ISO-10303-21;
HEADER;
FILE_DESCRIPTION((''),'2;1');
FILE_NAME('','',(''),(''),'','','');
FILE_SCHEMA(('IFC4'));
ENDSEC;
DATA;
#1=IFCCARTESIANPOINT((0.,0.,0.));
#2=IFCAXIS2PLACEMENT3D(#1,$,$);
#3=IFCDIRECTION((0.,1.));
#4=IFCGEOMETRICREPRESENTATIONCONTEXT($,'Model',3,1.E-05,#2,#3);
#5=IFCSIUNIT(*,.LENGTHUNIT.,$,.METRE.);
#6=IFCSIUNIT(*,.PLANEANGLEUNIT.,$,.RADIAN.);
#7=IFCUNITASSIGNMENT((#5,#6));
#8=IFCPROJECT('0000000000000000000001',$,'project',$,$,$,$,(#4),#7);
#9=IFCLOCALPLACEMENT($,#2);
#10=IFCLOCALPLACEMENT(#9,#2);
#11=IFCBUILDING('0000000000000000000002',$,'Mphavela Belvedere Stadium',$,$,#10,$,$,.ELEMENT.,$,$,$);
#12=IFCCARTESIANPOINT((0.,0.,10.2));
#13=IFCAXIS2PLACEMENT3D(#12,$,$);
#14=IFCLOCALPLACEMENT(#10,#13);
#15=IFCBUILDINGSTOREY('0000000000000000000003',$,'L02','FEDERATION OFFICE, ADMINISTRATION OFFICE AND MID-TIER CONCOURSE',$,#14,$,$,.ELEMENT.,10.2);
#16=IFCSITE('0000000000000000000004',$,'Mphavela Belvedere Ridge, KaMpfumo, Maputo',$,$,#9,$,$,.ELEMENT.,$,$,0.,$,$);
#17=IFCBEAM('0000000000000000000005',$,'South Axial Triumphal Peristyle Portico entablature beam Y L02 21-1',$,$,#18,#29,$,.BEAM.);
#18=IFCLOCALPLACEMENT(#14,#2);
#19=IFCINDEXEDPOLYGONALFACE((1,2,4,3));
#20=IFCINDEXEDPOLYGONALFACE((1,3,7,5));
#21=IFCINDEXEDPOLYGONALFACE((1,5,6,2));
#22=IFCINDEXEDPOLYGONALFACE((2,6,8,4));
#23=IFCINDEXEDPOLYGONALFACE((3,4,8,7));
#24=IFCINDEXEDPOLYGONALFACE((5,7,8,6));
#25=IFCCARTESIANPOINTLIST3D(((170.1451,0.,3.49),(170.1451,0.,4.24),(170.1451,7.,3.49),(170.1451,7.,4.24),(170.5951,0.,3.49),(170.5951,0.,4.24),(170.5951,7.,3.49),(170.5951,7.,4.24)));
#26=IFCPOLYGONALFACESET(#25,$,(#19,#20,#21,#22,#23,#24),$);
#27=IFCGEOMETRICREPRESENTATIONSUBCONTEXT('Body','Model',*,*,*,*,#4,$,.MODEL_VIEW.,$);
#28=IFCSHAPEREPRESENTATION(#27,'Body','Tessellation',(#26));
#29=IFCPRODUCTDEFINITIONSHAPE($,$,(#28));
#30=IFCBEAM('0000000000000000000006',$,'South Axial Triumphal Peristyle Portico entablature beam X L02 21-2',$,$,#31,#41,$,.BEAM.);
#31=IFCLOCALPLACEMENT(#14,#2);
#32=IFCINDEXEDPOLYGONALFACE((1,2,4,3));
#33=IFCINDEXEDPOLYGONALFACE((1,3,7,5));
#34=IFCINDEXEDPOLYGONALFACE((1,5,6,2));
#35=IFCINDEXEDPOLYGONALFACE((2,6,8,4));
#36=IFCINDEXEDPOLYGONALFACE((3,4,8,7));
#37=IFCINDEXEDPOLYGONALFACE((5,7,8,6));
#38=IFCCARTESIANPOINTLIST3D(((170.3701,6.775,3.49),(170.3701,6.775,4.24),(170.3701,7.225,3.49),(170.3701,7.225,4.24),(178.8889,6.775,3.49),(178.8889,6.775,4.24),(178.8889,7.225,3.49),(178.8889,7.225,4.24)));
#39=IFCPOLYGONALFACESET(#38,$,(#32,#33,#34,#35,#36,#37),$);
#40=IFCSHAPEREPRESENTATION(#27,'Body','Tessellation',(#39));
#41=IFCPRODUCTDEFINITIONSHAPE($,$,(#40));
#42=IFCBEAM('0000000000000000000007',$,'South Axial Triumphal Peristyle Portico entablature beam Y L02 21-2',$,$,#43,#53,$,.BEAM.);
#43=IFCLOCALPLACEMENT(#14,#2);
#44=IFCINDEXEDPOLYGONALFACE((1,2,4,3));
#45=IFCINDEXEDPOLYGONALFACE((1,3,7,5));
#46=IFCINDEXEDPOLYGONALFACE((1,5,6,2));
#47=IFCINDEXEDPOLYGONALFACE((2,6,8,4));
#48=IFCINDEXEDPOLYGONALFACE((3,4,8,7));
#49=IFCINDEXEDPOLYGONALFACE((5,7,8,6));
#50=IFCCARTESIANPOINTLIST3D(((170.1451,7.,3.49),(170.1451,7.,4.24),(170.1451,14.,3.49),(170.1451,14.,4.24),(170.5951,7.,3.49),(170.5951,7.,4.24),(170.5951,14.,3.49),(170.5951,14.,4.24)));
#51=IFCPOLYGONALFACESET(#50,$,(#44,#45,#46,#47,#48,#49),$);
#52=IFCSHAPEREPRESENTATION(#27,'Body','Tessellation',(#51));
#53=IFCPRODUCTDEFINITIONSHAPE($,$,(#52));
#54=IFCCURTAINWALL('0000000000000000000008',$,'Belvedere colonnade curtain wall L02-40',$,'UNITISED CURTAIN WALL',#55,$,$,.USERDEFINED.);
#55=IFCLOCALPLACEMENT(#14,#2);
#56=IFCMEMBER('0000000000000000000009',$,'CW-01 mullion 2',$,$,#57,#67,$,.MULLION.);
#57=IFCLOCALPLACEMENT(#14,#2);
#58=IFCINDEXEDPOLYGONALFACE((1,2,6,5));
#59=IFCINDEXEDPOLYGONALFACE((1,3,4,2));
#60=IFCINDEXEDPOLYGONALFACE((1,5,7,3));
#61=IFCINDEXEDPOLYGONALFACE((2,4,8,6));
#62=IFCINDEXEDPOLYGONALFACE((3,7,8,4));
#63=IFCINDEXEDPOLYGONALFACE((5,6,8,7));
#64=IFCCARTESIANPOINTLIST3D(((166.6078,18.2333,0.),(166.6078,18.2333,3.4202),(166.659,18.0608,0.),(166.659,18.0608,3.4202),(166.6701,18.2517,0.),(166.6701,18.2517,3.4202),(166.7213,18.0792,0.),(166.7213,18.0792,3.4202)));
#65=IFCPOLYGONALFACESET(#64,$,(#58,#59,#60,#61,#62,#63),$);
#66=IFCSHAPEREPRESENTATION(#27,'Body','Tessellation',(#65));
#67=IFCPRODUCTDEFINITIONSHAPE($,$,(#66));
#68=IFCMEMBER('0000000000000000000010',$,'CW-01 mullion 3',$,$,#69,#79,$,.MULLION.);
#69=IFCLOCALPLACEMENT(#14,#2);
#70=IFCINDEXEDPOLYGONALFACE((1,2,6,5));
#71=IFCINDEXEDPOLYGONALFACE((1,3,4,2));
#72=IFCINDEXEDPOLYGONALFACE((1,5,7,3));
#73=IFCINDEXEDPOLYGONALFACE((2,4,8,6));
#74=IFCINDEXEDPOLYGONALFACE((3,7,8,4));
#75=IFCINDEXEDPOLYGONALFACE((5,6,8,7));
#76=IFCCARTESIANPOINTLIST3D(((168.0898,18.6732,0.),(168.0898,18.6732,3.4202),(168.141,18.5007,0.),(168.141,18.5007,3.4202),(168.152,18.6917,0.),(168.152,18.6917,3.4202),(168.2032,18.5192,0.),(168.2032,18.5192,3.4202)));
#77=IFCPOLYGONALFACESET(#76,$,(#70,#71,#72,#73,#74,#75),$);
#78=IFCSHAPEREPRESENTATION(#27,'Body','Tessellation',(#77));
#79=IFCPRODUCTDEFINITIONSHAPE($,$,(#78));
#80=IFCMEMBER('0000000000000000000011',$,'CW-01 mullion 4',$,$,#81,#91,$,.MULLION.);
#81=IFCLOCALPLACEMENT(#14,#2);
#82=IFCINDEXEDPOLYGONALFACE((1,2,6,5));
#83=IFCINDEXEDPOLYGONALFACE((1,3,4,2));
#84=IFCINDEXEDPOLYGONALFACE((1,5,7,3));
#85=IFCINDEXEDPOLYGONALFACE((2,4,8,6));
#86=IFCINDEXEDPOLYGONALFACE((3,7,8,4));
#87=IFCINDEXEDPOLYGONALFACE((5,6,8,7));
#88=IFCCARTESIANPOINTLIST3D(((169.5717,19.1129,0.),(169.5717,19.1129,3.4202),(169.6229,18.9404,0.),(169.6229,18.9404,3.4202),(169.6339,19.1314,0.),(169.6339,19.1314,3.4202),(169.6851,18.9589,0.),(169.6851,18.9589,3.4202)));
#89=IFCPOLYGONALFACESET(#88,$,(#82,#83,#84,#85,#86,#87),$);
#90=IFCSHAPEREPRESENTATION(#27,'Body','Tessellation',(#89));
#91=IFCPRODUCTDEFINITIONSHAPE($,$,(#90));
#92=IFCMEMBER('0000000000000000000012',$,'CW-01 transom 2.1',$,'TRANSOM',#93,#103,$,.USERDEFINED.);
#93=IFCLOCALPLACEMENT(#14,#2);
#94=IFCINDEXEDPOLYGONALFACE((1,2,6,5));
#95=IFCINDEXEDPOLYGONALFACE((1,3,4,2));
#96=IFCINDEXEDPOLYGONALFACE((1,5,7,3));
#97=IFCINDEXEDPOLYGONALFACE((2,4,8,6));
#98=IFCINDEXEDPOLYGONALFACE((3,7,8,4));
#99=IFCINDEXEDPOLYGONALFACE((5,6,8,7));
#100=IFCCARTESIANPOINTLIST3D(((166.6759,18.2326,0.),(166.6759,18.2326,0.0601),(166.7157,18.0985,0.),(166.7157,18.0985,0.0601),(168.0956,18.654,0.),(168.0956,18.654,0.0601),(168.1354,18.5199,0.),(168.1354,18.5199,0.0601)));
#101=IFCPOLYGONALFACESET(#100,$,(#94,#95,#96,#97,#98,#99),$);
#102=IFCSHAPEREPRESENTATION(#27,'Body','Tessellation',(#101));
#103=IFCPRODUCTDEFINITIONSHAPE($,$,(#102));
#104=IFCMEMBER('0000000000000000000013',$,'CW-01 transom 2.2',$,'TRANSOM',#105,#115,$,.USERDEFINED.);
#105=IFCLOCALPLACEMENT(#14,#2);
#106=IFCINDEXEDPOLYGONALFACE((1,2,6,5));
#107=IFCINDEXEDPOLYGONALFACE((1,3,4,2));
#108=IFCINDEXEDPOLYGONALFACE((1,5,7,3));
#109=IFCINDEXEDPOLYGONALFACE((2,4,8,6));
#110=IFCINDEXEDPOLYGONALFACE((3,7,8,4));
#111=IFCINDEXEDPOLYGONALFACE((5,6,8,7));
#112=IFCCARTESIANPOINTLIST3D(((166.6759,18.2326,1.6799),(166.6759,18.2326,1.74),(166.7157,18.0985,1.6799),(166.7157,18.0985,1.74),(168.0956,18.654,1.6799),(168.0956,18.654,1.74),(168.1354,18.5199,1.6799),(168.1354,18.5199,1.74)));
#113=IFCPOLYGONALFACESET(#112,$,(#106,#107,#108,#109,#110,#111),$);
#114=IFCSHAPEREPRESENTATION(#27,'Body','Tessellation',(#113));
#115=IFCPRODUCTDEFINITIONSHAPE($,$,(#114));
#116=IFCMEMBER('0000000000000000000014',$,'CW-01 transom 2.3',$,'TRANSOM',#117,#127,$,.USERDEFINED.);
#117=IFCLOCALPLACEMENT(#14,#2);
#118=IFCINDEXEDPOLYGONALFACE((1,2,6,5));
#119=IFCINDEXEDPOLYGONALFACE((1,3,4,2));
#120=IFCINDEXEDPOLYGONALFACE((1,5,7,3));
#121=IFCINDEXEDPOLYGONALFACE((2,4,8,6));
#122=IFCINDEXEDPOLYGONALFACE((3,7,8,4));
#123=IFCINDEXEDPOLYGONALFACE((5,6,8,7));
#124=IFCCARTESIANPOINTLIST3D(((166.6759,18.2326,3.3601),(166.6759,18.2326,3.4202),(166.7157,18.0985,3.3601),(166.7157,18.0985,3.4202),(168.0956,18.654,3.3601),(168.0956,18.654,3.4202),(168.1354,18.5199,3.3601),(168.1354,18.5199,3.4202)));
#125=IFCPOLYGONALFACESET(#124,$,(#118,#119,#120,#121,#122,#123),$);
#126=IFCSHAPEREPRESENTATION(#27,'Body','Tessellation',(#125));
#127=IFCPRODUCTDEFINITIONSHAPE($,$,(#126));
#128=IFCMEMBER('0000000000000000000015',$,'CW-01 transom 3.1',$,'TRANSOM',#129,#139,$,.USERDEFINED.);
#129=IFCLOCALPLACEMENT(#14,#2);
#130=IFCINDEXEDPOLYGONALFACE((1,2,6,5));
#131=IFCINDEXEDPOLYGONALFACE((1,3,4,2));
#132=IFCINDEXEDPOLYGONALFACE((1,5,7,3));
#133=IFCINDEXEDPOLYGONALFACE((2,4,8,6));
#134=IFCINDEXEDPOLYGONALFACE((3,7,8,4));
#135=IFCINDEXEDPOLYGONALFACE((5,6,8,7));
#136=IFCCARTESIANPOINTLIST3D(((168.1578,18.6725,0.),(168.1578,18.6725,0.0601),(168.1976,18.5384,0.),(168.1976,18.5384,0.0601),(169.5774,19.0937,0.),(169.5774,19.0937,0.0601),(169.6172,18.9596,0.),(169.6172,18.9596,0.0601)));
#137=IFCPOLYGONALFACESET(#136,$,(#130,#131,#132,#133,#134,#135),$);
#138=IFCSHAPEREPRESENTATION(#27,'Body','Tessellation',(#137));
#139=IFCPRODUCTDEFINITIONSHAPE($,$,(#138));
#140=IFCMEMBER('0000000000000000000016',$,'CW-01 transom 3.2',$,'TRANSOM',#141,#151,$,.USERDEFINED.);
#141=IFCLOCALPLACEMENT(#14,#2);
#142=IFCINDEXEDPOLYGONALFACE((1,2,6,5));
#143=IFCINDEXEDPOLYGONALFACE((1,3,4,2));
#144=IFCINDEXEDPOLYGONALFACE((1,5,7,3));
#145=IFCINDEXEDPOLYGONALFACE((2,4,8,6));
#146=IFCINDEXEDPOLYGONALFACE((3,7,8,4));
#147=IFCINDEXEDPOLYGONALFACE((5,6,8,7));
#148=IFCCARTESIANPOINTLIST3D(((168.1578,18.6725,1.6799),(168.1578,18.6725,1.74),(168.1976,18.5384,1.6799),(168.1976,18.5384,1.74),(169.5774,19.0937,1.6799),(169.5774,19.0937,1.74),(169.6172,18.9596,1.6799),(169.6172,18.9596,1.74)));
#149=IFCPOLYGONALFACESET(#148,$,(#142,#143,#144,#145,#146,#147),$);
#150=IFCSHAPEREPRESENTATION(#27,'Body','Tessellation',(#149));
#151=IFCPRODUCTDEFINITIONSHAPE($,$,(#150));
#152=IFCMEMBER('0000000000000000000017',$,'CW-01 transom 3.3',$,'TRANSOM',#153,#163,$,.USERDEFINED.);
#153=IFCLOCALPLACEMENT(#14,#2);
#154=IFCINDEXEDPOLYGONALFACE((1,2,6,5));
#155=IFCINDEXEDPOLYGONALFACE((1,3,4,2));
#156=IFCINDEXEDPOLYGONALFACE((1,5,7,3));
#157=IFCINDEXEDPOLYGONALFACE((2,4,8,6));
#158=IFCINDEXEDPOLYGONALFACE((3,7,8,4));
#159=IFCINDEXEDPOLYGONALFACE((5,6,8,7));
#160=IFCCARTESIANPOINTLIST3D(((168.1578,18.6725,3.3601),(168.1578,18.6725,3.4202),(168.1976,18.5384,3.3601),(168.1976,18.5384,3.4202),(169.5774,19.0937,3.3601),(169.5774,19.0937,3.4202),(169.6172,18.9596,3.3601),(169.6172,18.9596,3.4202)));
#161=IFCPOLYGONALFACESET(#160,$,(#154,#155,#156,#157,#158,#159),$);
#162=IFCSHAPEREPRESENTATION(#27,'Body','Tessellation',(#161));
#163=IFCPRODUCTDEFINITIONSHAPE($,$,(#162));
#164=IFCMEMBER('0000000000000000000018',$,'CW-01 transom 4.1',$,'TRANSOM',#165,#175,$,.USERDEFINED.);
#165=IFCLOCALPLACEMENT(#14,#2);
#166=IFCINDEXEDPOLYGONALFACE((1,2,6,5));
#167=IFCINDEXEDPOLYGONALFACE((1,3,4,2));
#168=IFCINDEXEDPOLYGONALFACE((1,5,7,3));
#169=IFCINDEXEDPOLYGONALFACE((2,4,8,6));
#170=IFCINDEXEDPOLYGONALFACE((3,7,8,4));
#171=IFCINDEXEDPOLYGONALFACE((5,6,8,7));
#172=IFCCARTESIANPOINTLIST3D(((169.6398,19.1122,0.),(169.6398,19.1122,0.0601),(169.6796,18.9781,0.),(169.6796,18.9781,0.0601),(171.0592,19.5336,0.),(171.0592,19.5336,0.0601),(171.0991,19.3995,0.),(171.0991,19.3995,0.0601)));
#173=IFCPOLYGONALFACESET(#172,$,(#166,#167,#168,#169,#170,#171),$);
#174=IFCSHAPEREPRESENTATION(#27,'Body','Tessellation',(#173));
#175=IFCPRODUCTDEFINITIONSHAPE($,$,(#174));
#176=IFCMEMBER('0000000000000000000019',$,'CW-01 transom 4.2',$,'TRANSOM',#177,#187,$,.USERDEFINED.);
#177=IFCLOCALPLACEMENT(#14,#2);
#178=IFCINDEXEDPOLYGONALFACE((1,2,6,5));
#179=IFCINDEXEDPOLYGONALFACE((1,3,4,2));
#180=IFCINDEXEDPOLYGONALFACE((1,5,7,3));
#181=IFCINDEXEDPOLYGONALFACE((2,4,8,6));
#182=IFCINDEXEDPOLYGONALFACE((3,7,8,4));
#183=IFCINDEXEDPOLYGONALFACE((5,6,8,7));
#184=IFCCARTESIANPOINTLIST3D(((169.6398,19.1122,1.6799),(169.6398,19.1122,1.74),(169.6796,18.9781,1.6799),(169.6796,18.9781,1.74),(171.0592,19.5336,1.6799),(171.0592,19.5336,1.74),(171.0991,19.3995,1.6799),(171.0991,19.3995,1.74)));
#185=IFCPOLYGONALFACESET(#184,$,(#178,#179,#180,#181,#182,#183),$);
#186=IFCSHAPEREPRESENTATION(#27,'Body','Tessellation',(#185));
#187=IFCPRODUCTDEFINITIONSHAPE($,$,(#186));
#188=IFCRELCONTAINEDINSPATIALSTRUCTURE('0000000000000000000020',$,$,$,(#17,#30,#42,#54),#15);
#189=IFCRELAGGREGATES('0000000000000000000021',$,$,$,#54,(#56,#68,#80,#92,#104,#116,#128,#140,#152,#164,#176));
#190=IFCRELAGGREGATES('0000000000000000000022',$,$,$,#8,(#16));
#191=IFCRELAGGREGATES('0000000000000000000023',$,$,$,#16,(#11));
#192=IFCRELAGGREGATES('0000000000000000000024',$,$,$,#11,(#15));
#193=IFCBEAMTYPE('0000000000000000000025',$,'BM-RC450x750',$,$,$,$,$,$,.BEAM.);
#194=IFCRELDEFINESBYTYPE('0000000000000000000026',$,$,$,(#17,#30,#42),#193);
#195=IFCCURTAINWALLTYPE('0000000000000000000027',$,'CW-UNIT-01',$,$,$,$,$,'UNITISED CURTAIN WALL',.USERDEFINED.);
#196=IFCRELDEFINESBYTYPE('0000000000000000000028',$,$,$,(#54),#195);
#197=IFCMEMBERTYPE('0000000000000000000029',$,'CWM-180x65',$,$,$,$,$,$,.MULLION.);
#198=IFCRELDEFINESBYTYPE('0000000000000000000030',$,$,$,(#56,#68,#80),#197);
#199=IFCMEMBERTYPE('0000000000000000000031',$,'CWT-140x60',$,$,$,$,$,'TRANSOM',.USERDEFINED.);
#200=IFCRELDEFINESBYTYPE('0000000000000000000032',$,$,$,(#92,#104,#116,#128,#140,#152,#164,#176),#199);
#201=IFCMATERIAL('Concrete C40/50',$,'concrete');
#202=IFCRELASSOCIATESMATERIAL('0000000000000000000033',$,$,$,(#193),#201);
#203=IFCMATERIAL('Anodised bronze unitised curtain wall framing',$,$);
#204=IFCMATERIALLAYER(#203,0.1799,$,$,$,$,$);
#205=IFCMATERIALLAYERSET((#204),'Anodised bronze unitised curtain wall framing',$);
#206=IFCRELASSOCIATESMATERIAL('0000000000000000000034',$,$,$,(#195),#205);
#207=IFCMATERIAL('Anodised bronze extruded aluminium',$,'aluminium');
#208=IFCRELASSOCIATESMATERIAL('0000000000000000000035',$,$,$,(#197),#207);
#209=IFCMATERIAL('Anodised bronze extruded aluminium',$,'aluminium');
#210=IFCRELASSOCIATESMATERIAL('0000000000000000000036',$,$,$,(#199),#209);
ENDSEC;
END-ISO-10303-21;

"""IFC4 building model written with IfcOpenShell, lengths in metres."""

from ifc_helpers import new_model, si_unit, direction, frame, origin, origin_2d, place, context, subcontext, project, spatial, rectangle, extrude, material, layer, layer_set, material_profile, profile_set, type_object, element, aggregate, save


model = new_model("IFC4")

# Units and contexts
model_context = context("Model", 3, precision=1e-05, world=origin(), true_north=direction((0.0, 1.0)))
body_context = subcontext(model_context, "Body", "Model", "MODEL_VIEW")
ifc_project = project(units=[si_unit("LENGTHUNIT", "METRE"), si_unit("PLANEANGLEUNIT", "RADIAN")], contexts=[model_context])

# Site, building, storey
site_placement = place(None, origin())
site = spatial("IfcSite", under=ifc_project, at=site_placement, Name="Mphavela Belvedere Ridge, KaMpfumo, Maputo", CompositionType="ELEMENT", RefElevation=0.0)
building_placement = place(site_placement, origin())
building = spatial("IfcBuilding", under=site, at=building_placement, Name="Mphavela Belvedere Stadium", CompositionType="ELEMENT")
storey_placement = place(building_placement, frame((0.0, 0.0, 10.2)))
storey = spatial("IfcBuildingStorey", under=building, at=storey_placement, Name="L02", Description="FEDERATION OFFICE, ADMINISTRATION OFFICE AND MID-TIER CONCOURSE", CompositionType="ELEMENT", Elevation=10.2)

# Beams
ifc_material_1 = material(Name="Concrete C40/50", Category="concrete")
ifc_material_profile_1 = material_profile(ifc_material_1, rectangle(XDim=0.45, YDim=0.75, at=origin_2d()), Name="RC 450x750")
ifc_profile_set_1 = profile_set([ifc_material_profile_1], Name="Concrete C40/50")
beam_type_1 = type_object("IfcBeamType", Name="BM-RC450x750", PredefinedType="BEAM", material=ifc_profile_set_1)
beam_1_placement = place(storey_placement, frame((170.3701, 0.0, 3.865), z_axis=(0.0, 1.0, 0.0), x_axis=(-1.0, 0.0, 0.0)))
element("IfcBeam", 1, at=beam_1_placement, inside=storey, type_object=beam_type_1, Name="South Axial Triumphal Peristyle Portico entablature beam Y L02 21-1", PredefinedType="BEAM", context=body_context, shape_type="SweptSolid", body=[
    extrude(rectangle(XDim=0.45, YDim=0.75, at=origin_2d()), origin(), (0.0, 0.0, 1.0), 7.0),
])
beam_2_placement = place(storey_placement, frame((170.3701, 7.0, 3.865), z_axis=(1.0, 0.0, 0.0), x_axis=(0.0, 1.0, 0.0)))
element("IfcBeam", 2, at=beam_2_placement, inside=storey, type_object=beam_type_1, Name="South Axial Triumphal Peristyle Portico entablature beam X L02 21-2", PredefinedType="BEAM", context=body_context, shape_type="SweptSolid", body=[
    extrude(rectangle(XDim=0.45, YDim=0.75, at=origin_2d()), origin(), (0.0, 0.0, 1.0), 8.5188),
])
beam_3_placement = place(storey_placement, frame((170.3701, 7.0, 3.865), z_axis=(0.0, 1.0, 0.0), x_axis=(-1.0, 0.0, 0.0)))
element("IfcBeam", 3, at=beam_3_placement, inside=storey, type_object=beam_type_1, Name="South Axial Triumphal Peristyle Portico entablature beam Y L02 21-2", PredefinedType="BEAM", context=body_context, shape_type="SweptSolid", body=[
    extrude(rectangle(XDim=0.45, YDim=0.75, at=origin_2d()), origin(), (0.0, 0.0, 1.0), 7.0),
])

# Curtain wall, members
ifc_material_2 = material(Name="Anodised bronze unitised curtain wall framing")
ifc_layer_1 = layer(ifc_material_2, 0.1799)
ifc_layer_set_1 = layer_set([ifc_layer_1], Name="Anodised bronze unitised curtain wall framing")
curtain_wall_type = type_object("IfcCurtainWallType", Name="CW-UNIT-01", ElementType="UNITISED CURTAIN WALL", PredefinedType="USERDEFINED", material=ifc_layer_set_1)
curtain_wall_placement = place(storey_placement, origin())
curtain_wall = element("IfcCurtainWall", 4, at=curtain_wall_placement, inside=storey, type_object=curtain_wall_type, Name="Belvedere colonnade curtain wall L02-40", ObjectType="UNITISED CURTAIN WALL", PredefinedType="USERDEFINED")
ifc_material_3 = material(Name="Anodised bronze extruded aluminium", Category="aluminium")
ifc_material_profile_2 = material_profile(ifc_material_3, rectangle(XDim=0.1799, YDim=0.0649, at=origin_2d()), Name="CW-MUL 180x65")
ifc_profile_set_2 = profile_set([ifc_material_profile_2], Name="Anodised bronze extruded aluminium")
member_type_1 = type_object("IfcMemberType", Name="CWM-180x65", PredefinedType="MULLION", material=ifc_profile_set_2)
member_1_placement = place(storey_placement, frame((166.6646, 18.1562, 0.0), z_axis=(0.0, 0.0, 1.0), x_axis=(-0.284547, 0.958662, 0.0)))
member_1 = element("IfcMember", 5, at=member_1_placement, type_object=member_type_1, Name="CW-01 mullion 2", PredefinedType="MULLION", context=body_context, shape_type="SweptSolid", body=[
    extrude(rectangle(XDim=0.1799, YDim=0.0649, at=origin_2d()), origin(), (0.0, 0.0, 1.0), 3.4202),
])
member_2_placement = place(storey_placement, frame((168.1465, 18.5962, 0.0), z_axis=(0.0, 0.0, 1.0), x_axis=(-0.284547, 0.958662, 0.0)))
member_2 = element("IfcMember", 6, at=member_2_placement, type_object=member_type_1, Name="CW-01 mullion 3", PredefinedType="MULLION", context=body_context, shape_type="SweptSolid", body=[
    extrude(rectangle(XDim=0.1799, YDim=0.0649, at=origin_2d()), origin(), (0.0, 0.0, 1.0), 3.4202),
])
member_3_placement = place(storey_placement, frame((169.6284, 19.0359, 0.0), z_axis=(0.0, 0.0, 1.0), x_axis=(-0.284547, 0.958662, 0.0)))
member_3 = element("IfcMember", 7, at=member_3_placement, type_object=member_type_1, Name="CW-01 mullion 4", PredefinedType="MULLION", context=body_context, shape_type="SweptSolid", body=[
    extrude(rectangle(XDim=0.1799, YDim=0.0649, at=origin_2d()), origin(), (0.0, 0.0, 1.0), 3.4202),
])
ifc_material_4 = material(Name="Anodised bronze extruded aluminium", Category="aluminium")
ifc_material_profile_3 = material_profile(ifc_material_4, rectangle(XDim=0.1399, YDim=0.0601, at=origin_2d()), Name="CW-TRN 140x60")
ifc_profile_set_3 = profile_set([ifc_material_profile_3], Name="Anodised bronze extruded aluminium")
member_type_2 = type_object("IfcMemberType", Name="CWT-140x60", ElementType="TRANSOM", PredefinedType="USERDEFINED", material=ifc_profile_set_3)
member_4_placement = place(storey_placement, frame((166.6958, 18.1655, 0.03), z_axis=(0.958662, 0.284549, 0.0), x_axis=(-0.284549, 0.958662, 0.0)))
member_4 = element("IfcMember", 8, at=member_4_placement, type_object=member_type_2, Name="CW-01 transom 2.1", ObjectType="TRANSOM", PredefinedType="USERDEFINED", context=body_context, shape_type="SweptSolid", body=[
    extrude(rectangle(XDim=0.1399, YDim=0.0601, at=origin_2d()), origin(), (0.0, 0.0, 1.0), 1.481),
])
member_5_placement = place(storey_placement, frame((166.6958, 18.1655, 1.71), z_axis=(0.958662, 0.284549, 0.0), x_axis=(-0.284549, 0.958662, 0.0)))
member_5 = element("IfcMember", 9, at=member_5_placement, type_object=member_type_2, Name="CW-01 transom 2.2", ObjectType="TRANSOM", PredefinedType="USERDEFINED", context=body_context, shape_type="SweptSolid", body=[
    extrude(rectangle(XDim=0.1399, YDim=0.0601, at=origin_2d()), origin(), (0.0, 0.0, 1.0), 1.481),
])
member_6_placement = place(storey_placement, frame((166.6958, 18.1655, 3.3901), z_axis=(0.958662, 0.284549, 0.0), x_axis=(-0.284549, 0.958662, 0.0)))
member_6 = element("IfcMember", 10, at=member_6_placement, type_object=member_type_2, Name="CW-01 transom 2.3", ObjectType="TRANSOM", PredefinedType="USERDEFINED", context=body_context, shape_type="SweptSolid", body=[
    extrude(rectangle(XDim=0.1399, YDim=0.0601, at=origin_2d()), origin(), (0.0, 0.0, 1.0), 1.481),
])
member_7_placement = place(storey_placement, frame((168.1777, 18.6055, 0.03), z_axis=(0.958693, 0.284442, 0.0), x_axis=(-0.284442, 0.958693, 0.0)))
member_7 = element("IfcMember", 11, at=member_7_placement, type_object=member_type_2, Name="CW-01 transom 3.1", ObjectType="TRANSOM", PredefinedType="USERDEFINED", context=body_context, shape_type="SweptSolid", body=[
    extrude(rectangle(XDim=0.1399, YDim=0.0601, at=origin_2d()), origin(), (0.0, 0.0, 1.0), 1.4807),
])
member_8_placement = place(storey_placement, frame((168.1777, 18.6055, 1.71), z_axis=(0.958693, 0.284442, 0.0), x_axis=(-0.284442, 0.958693, 0.0)))
member_8 = element("IfcMember", 12, at=member_8_placement, type_object=member_type_2, Name="CW-01 transom 3.2", ObjectType="TRANSOM", PredefinedType="USERDEFINED", context=body_context, shape_type="SweptSolid", body=[
    extrude(rectangle(XDim=0.1399, YDim=0.0601, at=origin_2d()), origin(), (0.0, 0.0, 1.0), 1.4807),
])
member_9_placement = place(storey_placement, frame((168.1777, 18.6055, 3.3901), z_axis=(0.958693, 0.284442, 0.0), x_axis=(-0.284442, 0.958693, 0.0)))
member_9 = element("IfcMember", 13, at=member_9_placement, type_object=member_type_2, Name="CW-01 transom 3.3", ObjectType="TRANSOM", PredefinedType="USERDEFINED", context=body_context, shape_type="SweptSolid", body=[
    extrude(rectangle(XDim=0.1399, YDim=0.0601, at=origin_2d()), origin(), (0.0, 0.0, 1.0), 1.4807),
])
member_10_placement = place(storey_placement, frame((169.6597, 19.0452, 0.03), z_axis=(0.958648, 0.284594, 0.0), x_axis=(-0.284594, 0.958648, 0.0)))
member_10 = element("IfcMember", 14, at=member_10_placement, type_object=member_type_2, Name="CW-01 transom 4.1", ObjectType="TRANSOM", PredefinedType="USERDEFINED", context=body_context, shape_type="SweptSolid", body=[
    extrude(rectangle(XDim=0.1399, YDim=0.0601, at=origin_2d()), origin(), (0.0, 0.0, 1.0), 1.4807),
])
member_11_placement = place(storey_placement, frame((169.6597, 19.0452, 1.71), z_axis=(0.958648, 0.284594, 0.0), x_axis=(-0.284594, 0.958648, 0.0)))
member_11 = element("IfcMember", 15, at=member_11_placement, type_object=member_type_2, Name="CW-01 transom 4.2", ObjectType="TRANSOM", PredefinedType="USERDEFINED", context=body_context, shape_type="SweptSolid", body=[
    extrude(rectangle(XDim=0.1399, YDim=0.0601, at=origin_2d()), origin(), (0.0, 0.0, 1.0), 1.4807),
])
aggregate(curtain_wall, [member_1, member_2, member_3, member_4, member_5, member_6, member_7, member_8, member_9, member_10, member_11])

save(model, "model.ifc")
